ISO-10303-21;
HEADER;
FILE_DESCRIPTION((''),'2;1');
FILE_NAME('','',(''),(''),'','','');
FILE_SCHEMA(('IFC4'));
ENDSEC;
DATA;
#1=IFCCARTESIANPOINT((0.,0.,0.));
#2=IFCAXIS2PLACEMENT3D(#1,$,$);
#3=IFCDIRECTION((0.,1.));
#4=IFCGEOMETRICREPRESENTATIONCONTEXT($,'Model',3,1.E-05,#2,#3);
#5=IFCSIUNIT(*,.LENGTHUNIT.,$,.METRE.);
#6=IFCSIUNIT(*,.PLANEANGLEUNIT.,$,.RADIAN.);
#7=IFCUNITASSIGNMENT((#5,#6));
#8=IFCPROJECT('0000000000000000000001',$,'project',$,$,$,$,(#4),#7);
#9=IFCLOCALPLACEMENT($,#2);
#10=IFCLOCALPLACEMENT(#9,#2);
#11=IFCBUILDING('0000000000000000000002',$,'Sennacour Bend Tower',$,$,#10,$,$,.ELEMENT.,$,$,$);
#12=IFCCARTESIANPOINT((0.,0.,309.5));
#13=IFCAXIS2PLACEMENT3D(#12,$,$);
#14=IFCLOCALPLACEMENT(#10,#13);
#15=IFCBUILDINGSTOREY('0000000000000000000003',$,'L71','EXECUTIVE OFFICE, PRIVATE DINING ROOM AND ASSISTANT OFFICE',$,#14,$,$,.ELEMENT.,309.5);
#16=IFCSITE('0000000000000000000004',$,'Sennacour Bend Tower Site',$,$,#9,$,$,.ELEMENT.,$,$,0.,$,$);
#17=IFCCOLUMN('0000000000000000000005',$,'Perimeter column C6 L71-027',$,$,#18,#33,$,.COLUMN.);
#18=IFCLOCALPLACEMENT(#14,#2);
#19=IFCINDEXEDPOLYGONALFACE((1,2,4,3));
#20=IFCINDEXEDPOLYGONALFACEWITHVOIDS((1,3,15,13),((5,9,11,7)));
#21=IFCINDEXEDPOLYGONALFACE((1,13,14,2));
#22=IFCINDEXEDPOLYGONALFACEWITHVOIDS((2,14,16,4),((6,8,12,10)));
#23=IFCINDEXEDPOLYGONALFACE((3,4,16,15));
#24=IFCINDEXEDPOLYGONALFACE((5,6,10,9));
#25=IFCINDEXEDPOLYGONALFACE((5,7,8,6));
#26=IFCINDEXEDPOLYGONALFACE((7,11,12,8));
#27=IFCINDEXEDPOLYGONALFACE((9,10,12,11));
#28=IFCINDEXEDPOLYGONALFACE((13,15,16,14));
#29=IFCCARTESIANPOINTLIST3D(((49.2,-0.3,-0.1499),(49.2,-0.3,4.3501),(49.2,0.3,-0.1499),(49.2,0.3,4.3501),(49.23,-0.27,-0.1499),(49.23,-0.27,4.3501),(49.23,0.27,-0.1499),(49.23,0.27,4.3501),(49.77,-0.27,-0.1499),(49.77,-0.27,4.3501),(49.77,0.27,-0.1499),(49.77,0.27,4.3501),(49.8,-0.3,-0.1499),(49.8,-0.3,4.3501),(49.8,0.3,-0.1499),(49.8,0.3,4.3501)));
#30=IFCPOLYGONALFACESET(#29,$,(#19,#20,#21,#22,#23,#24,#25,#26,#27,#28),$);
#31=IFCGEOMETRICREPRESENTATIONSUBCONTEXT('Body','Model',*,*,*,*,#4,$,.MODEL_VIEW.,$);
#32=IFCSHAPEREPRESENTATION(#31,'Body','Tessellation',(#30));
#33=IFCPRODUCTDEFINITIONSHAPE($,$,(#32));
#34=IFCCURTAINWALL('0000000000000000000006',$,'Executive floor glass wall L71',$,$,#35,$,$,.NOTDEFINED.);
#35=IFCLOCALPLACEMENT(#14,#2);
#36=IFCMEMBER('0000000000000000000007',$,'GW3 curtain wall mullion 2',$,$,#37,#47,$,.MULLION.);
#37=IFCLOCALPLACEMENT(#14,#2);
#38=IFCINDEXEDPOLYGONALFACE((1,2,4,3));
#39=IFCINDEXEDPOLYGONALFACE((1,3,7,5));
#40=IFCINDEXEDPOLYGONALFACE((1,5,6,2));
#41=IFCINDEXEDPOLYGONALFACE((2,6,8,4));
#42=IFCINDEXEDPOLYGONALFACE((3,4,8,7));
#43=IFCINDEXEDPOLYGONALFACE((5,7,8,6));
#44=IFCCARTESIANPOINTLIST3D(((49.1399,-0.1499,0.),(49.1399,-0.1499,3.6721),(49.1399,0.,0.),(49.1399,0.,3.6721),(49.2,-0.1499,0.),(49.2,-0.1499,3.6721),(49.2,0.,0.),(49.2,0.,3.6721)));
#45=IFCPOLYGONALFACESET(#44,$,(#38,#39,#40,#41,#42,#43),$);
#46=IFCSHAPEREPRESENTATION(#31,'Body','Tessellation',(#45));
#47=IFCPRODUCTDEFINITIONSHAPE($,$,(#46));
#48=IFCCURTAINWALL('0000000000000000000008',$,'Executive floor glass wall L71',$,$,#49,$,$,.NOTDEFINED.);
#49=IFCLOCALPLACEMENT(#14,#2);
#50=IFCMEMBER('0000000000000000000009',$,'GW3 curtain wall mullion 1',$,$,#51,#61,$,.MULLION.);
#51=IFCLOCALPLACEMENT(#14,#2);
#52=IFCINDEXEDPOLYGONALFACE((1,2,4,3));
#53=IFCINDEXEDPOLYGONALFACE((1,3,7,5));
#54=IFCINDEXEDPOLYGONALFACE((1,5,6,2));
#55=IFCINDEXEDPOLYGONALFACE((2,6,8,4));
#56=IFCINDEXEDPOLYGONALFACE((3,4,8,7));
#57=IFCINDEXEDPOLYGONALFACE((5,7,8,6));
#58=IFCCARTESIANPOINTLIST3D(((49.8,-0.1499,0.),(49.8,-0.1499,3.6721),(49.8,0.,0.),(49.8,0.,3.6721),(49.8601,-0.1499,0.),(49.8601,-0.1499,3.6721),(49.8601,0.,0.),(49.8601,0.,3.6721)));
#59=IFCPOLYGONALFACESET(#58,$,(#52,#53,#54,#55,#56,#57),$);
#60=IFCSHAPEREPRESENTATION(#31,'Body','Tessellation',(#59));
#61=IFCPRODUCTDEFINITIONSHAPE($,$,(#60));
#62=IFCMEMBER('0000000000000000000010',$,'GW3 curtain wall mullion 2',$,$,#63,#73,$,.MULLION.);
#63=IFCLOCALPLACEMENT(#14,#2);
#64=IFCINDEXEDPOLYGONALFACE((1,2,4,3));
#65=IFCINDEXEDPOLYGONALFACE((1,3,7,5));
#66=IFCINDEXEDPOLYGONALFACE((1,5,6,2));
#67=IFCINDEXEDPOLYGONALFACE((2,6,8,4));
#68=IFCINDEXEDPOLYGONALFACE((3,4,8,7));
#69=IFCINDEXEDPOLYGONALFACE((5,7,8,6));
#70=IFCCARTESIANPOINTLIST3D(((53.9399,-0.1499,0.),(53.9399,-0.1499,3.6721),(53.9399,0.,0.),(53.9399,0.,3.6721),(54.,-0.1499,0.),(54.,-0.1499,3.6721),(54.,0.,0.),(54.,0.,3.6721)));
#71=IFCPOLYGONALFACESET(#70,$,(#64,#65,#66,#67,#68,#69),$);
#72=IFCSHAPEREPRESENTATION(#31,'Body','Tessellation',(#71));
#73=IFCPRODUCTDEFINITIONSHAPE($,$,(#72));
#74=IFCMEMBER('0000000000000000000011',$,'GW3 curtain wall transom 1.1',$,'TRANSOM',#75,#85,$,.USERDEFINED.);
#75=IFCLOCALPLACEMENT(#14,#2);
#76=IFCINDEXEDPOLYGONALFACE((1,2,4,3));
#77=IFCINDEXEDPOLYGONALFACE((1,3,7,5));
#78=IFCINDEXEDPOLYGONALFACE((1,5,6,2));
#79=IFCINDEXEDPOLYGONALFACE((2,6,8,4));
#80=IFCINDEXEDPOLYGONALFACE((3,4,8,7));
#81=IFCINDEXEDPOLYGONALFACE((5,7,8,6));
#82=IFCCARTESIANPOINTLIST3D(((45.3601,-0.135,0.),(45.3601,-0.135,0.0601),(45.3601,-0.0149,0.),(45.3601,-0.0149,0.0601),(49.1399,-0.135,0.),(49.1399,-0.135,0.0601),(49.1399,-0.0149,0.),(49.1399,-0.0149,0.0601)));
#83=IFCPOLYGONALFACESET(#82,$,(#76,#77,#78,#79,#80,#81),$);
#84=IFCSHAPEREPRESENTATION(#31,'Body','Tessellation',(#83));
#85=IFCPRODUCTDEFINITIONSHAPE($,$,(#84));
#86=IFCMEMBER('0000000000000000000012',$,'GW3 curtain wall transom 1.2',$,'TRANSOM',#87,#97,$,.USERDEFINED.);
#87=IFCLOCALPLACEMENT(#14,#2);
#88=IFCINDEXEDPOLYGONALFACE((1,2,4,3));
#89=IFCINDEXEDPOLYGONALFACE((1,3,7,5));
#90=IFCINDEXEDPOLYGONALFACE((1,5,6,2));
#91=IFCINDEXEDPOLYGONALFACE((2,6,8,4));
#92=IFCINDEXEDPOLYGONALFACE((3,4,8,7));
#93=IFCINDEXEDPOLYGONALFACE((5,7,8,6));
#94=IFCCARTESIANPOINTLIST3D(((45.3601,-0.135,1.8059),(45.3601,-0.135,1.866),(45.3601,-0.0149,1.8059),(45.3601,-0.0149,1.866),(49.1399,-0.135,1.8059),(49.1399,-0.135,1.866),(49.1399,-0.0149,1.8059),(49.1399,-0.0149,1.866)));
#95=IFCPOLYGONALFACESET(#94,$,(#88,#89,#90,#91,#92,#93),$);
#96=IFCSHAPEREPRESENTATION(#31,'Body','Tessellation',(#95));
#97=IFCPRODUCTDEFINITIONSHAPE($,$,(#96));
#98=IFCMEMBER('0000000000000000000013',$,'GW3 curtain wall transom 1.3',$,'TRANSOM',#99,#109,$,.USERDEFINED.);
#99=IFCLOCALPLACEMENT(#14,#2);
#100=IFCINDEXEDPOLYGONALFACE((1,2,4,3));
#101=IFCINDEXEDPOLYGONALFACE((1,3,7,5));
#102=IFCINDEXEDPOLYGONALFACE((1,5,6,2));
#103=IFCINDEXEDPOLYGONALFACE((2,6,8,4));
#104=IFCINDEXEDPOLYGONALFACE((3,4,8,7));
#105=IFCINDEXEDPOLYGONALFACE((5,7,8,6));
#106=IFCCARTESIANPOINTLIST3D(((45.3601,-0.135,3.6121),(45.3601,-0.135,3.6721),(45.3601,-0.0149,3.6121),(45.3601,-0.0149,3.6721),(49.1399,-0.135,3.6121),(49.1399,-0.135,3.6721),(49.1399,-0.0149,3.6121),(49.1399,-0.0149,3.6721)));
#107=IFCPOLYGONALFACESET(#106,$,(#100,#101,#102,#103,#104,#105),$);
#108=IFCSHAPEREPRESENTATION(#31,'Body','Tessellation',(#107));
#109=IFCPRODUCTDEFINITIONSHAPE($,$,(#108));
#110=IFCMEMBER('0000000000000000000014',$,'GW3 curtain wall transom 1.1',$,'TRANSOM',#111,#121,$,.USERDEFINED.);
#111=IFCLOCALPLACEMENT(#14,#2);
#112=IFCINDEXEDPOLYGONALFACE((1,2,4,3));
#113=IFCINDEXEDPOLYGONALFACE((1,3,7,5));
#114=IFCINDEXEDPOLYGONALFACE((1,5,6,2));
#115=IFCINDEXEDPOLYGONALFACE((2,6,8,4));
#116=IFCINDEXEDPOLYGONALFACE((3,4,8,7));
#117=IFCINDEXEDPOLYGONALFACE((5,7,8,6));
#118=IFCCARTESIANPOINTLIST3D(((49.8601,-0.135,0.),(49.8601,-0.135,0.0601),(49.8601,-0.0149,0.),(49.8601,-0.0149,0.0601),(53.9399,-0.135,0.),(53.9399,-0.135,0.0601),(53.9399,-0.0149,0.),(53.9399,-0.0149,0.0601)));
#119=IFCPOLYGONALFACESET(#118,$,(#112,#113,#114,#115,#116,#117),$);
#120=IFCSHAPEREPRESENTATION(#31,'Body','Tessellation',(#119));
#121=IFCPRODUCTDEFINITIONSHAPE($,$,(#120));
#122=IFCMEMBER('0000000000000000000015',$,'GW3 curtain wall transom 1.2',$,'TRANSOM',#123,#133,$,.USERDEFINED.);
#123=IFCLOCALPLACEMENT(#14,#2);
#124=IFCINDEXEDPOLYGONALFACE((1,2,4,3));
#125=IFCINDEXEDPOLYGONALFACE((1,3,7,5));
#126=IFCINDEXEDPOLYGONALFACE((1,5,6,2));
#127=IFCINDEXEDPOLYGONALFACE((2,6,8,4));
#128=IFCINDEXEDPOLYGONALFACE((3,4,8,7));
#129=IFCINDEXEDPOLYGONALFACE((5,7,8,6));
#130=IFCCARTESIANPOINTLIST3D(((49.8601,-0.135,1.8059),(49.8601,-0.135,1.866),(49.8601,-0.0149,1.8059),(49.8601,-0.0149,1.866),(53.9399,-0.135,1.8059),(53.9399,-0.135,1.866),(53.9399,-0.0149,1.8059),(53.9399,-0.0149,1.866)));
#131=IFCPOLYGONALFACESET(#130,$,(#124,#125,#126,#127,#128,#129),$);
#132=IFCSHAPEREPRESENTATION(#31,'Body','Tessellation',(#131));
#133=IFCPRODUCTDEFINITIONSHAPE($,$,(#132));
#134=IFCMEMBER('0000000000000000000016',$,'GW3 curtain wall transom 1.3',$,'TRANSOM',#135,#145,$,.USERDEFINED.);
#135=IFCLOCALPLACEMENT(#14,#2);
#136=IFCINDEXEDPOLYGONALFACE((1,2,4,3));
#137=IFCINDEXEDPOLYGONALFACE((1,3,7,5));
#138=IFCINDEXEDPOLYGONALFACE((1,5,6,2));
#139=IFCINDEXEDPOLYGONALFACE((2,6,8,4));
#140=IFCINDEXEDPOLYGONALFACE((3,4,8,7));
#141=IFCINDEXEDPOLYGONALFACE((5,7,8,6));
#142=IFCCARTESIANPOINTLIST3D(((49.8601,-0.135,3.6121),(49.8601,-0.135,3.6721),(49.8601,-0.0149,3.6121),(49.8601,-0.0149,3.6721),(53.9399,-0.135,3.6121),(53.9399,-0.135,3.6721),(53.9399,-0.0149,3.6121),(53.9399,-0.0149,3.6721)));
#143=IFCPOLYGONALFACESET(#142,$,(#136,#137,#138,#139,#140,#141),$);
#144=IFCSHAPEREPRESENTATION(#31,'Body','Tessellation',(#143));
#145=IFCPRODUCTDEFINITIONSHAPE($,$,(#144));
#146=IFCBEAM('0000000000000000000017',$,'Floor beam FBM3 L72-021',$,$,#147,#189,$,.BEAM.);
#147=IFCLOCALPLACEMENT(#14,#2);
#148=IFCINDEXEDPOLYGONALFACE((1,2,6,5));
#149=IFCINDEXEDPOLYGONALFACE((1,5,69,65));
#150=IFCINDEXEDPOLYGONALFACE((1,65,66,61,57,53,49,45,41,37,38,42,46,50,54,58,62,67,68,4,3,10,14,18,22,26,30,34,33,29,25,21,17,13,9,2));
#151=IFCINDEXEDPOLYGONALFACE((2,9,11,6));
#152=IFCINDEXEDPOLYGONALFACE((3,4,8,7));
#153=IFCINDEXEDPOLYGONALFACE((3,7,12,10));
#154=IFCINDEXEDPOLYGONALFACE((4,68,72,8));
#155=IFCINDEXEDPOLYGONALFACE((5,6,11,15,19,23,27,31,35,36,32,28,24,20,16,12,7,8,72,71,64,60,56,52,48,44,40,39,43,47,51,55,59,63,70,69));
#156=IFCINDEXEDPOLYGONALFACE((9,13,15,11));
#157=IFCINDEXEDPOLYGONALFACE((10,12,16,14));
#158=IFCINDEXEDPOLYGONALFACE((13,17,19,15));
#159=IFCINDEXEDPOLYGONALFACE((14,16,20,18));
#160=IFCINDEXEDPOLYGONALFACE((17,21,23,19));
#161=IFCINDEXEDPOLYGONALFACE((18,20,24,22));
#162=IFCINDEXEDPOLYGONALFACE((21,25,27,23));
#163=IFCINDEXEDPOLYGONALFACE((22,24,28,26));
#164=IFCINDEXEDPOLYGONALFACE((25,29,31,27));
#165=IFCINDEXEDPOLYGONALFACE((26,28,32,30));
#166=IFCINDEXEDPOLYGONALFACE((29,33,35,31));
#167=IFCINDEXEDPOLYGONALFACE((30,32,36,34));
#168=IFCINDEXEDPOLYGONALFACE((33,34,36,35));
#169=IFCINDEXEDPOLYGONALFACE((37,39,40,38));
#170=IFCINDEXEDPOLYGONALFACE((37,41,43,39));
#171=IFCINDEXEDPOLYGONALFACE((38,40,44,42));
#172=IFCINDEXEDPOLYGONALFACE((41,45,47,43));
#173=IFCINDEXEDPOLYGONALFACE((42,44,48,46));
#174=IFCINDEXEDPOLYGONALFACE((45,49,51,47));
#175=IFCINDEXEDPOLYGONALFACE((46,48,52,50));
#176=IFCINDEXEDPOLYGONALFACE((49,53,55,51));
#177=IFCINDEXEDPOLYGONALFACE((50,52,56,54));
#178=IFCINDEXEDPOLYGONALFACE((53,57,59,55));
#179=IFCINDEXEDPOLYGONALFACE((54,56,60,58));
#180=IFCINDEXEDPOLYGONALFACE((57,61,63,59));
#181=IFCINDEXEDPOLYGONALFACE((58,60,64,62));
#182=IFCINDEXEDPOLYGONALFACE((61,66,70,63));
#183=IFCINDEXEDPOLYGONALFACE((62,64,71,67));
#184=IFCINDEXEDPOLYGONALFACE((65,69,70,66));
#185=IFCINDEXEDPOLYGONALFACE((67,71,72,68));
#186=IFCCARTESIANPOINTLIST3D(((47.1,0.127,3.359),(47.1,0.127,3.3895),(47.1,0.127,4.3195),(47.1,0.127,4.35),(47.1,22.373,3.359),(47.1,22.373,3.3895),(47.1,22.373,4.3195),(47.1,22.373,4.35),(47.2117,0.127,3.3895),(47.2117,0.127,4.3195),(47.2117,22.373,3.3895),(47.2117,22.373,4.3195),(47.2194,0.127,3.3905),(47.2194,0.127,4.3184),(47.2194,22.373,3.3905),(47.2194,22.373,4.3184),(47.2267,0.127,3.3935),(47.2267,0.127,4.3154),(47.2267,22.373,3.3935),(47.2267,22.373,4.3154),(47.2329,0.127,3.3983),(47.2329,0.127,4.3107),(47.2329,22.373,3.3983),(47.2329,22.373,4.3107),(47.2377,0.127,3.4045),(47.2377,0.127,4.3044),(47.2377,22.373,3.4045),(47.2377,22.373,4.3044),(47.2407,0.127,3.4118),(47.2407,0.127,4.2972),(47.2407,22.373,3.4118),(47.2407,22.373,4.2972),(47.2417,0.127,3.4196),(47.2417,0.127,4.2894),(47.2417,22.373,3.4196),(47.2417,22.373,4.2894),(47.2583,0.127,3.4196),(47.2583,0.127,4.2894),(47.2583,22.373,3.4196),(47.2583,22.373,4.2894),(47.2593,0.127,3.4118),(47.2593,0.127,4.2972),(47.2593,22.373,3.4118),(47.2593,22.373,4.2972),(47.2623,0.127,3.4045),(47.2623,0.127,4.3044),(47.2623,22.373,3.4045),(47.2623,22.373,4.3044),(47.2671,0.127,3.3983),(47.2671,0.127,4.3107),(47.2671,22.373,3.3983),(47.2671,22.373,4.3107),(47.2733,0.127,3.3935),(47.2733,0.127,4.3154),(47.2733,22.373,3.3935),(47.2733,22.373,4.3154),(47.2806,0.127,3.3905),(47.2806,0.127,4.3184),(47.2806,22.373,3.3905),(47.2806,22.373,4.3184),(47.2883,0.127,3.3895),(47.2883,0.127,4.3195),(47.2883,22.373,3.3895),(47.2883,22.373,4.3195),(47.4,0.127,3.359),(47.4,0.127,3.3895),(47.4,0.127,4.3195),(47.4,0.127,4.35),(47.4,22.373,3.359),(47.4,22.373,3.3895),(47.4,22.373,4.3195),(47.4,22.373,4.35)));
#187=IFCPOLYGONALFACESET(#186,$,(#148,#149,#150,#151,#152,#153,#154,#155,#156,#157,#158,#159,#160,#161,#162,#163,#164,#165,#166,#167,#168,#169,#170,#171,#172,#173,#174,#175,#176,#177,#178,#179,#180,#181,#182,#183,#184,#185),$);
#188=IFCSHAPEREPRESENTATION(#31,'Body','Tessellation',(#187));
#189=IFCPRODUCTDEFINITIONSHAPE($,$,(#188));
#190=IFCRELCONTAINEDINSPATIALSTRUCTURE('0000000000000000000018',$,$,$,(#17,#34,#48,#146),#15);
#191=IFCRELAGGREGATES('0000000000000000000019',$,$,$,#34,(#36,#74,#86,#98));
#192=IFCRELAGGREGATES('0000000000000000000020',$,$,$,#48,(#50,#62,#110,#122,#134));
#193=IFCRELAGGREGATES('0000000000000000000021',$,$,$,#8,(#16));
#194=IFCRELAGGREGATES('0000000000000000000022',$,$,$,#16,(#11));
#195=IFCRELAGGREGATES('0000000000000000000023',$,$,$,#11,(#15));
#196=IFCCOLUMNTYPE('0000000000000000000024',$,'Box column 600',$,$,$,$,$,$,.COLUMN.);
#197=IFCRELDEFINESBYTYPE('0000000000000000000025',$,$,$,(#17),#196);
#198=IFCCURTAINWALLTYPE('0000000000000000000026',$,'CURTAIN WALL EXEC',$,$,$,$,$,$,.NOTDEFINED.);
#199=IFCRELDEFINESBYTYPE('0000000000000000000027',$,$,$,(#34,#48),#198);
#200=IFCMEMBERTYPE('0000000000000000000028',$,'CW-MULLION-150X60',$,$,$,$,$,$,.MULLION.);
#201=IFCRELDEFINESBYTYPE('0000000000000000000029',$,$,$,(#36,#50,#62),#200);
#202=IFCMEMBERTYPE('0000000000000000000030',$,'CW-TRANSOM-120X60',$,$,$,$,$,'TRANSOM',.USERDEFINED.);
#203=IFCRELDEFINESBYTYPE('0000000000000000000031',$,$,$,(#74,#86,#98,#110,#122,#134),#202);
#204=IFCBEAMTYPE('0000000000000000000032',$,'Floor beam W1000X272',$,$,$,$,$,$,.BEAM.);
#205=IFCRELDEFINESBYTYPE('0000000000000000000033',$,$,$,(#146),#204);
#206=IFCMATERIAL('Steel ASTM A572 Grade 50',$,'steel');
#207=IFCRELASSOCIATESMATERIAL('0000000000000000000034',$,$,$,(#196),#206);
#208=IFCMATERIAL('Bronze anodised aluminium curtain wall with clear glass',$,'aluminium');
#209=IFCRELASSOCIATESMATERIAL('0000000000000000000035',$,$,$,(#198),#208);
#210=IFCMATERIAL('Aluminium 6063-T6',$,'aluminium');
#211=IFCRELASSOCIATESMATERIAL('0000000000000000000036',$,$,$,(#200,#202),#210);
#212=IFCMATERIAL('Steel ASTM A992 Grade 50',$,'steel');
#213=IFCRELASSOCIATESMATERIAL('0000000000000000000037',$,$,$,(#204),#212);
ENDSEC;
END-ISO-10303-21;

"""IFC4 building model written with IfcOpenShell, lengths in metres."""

from ifc_helpers import new_model, si_unit, direction, frame, origin, origin_2d, place, context, subcontext, project, spatial, rectangle, hollow_rectangle, i_section, extrude, material, material_profile, profile_set, type_object, element, aggregate, save


model = new_model("IFC4")

# Units and contexts
model_context = context("Model", 3, precision=1e-05, world=origin(), true_north=direction((0.0, 1.0)))
body_context = subcontext(model_context, "Body", "Model", "MODEL_VIEW")
ifc_project = project(units=[si_unit("LENGTHUNIT", "METRE"), si_unit("PLANEANGLEUNIT", "RADIAN")], contexts=[model_context])

# Site, building, storey
site_placement = place(None, origin())
site = spatial("IfcSite", under=ifc_project, at=site_placement, Name="Sennacour Bend Tower Site", CompositionType="ELEMENT", RefElevation=0.0)
building_placement = place(site_placement, origin())
building = spatial("IfcBuilding", under=site, at=building_placement, Name="Sennacour Bend Tower", CompositionType="ELEMENT")
storey_placement = place(building_placement, frame((0.0, 0.0, 309.5)))
storey = spatial("IfcBuildingStorey", under=building, at=storey_placement, Name="L71", Description="EXECUTIVE OFFICE, PRIVATE DINING ROOM AND ASSISTANT OFFICE", CompositionType="ELEMENT", Elevation=309.5)

# Column
ifc_material_1 = material(Name="Steel ASTM A572 Grade 50", Category="steel")
ifc_material_profile_1 = material_profile(ifc_material_1, hollow_rectangle(XDim=0.6001, YDim=0.6001, WallThickness=0.03, at=origin_2d()), Name="Steel ASTM A572 Grade 50", Category="steel")
ifc_profile_set_1 = profile_set([ifc_material_profile_1], Name="Steel ASTM A572 Grade 50")
column_type = type_object("IfcColumnType", Name="Box column 600", PredefinedType="COLUMN", material=ifc_profile_set_1)
column_placement = place(storey_placement, frame((49.5, 0.0, -0.1499), z_axis=(0.0, 0.0, 1.0), x_axis=(1.0, 0.0, 0.0)))
element("IfcColumn", 1, at=column_placement, inside=storey, type_object=column_type, Name="Perimeter column C6 L71-027", PredefinedType="COLUMN", context=body_context, shape_type="SweptSolid", body=[
    extrude(hollow_rectangle(XDim=0.6001, YDim=0.6001, WallThickness=0.03, at=origin_2d()), origin(), (0.0, 0.0, 1.0), 4.5),
])

# Curtain wall, member
ifc_material_2 = material(Name="Bronze anodised aluminium curtain wall with clear glass", Category="aluminium")
curtain_wall_type = type_object("IfcCurtainWallType", Name="CURTAIN WALL EXEC", PredefinedType="NOTDEFINED", material=ifc_material_2)
curtain_wall_1_placement = place(storey_placement, origin())
curtain_wall_1 = element("IfcCurtainWall", 2, at=curtain_wall_1_placement, inside=storey, type_object=curtain_wall_type, Name="Executive floor glass wall L71", PredefinedType="NOTDEFINED")
ifc_material_3 = material(Name="Aluminium 6063-T6", Category="aluminium")
ifc_material_profile_2 = material_profile(ifc_material_3, rectangle(XDim=0.1499, YDim=0.0601, at=origin_2d()), Name="Aluminium 6063-T6", Category="aluminium")
ifc_profile_set_2 = profile_set([ifc_material_profile_2], Name="Aluminium 6063-T6")
member_type_1 = type_object("IfcMemberType", Name="CW-MULLION-150X60", PredefinedType="MULLION", material=ifc_profile_set_2)
member_1_placement = place(storey_placement, frame((49.1699, -0.075, 0.0), z_axis=(0.0, 0.0, 1.0), x_axis=(0.0, 1.0, 0.0)))
member_1 = element("IfcMember", 3, at=member_1_placement, type_object=member_type_1, Name="GW3 curtain wall mullion 2", PredefinedType="MULLION", context=body_context, shape_type="SweptSolid", body=[
    extrude(rectangle(XDim=0.1499, YDim=0.0601, at=origin_2d()), origin(), (0.0, 0.0, 1.0), 3.6721),
])

# Curtain wall, members
curtain_wall_2_placement = place(storey_placement, origin())
curtain_wall_2 = element("IfcCurtainWall", 4, at=curtain_wall_2_placement, inside=storey, type_object=curtain_wall_type, Name="Executive floor glass wall L71", PredefinedType="NOTDEFINED")
member_2_placement = place(storey_placement, frame((49.8301, -0.075, 0.0), z_axis=(0.0, 0.0, 1.0), x_axis=(0.0, 1.0, 0.0)))
member_2 = element("IfcMember", 5, at=member_2_placement, type_object=member_type_1, Name="GW3 curtain wall mullion 1", PredefinedType="MULLION", context=body_context, shape_type="SweptSolid", body=[
    extrude(rectangle(XDim=0.1499, YDim=0.0601, at=origin_2d()), origin(), (0.0, 0.0, 1.0), 3.6721),
])
member_3_placement = place(storey_placement, frame((53.97, -0.075, 0.0), z_axis=(0.0, 0.0, 1.0), x_axis=(0.0, 1.0, 0.0)))
member_3 = element("IfcMember", 6, at=member_3_placement, type_object=member_type_1, Name="GW3 curtain wall mullion 2", PredefinedType="MULLION", context=body_context, shape_type="SweptSolid", body=[
    extrude(rectangle(XDim=0.1499, YDim=0.0601, at=origin_2d()), origin(), (0.0, 0.0, 1.0), 3.6721),
])

# Members
ifc_material_profile_3 = material_profile(ifc_material_3, rectangle(XDim=0.1201, YDim=0.0601, at=origin_2d()), Name="Aluminium 6063-T6", Category="aluminium")
ifc_profile_set_3 = profile_set([ifc_material_profile_3], Name="Aluminium 6063-T6")
member_type_2 = type_object("IfcMemberType", Name="CW-TRANSOM-120X60", ElementType="TRANSOM", PredefinedType="USERDEFINED", material=ifc_profile_set_3)
member_4_placement = place(storey_placement, frame((45.3601, -0.075, 0.03), z_axis=(1.0, 0.0, 0.0), x_axis=(0.0, 1.0, 0.0)))
member_4 = element("IfcMember", 7, at=member_4_placement, type_object=member_type_2, Name="GW3 curtain wall transom 1.1", ObjectType="TRANSOM", PredefinedType="USERDEFINED", context=body_context, shape_type="SweptSolid", body=[
    extrude(rectangle(XDim=0.1201, YDim=0.0601, at=origin_2d()), origin(), (0.0, 0.0, 1.0), 3.7798),
])
member_5_placement = place(storey_placement, frame((45.3601, -0.075, 1.8359), z_axis=(1.0, 0.0, 0.0), x_axis=(0.0, 1.0, 0.0)))
member_5 = element("IfcMember", 8, at=member_5_placement, type_object=member_type_2, Name="GW3 curtain wall transom 1.2", ObjectType="TRANSOM", PredefinedType="USERDEFINED", context=body_context, shape_type="SweptSolid", body=[
    extrude(rectangle(XDim=0.1201, YDim=0.0601, at=origin_2d()), origin(), (0.0, 0.0, 1.0), 3.7798),
])
member_6_placement = place(storey_placement, frame((45.3601, -0.075, 3.6421), z_axis=(1.0, 0.0, 0.0), x_axis=(0.0, 1.0, 0.0)))
member_6 = element("IfcMember", 9, at=member_6_placement, type_object=member_type_2, Name="GW3 curtain wall transom 1.3", ObjectType="TRANSOM", PredefinedType="USERDEFINED", context=body_context, shape_type="SweptSolid", body=[
    extrude(rectangle(XDim=0.1201, YDim=0.0601, at=origin_2d()), origin(), (0.0, 0.0, 1.0), 3.7798),
])
member_7_placement = place(storey_placement, frame((49.8601, -0.075, 0.03), z_axis=(1.0, 0.0, 0.0), x_axis=(0.0, 1.0, 0.0)))
member_7 = element("IfcMember", 10, at=member_7_placement, type_object=member_type_2, Name="GW3 curtain wall transom 1.1", ObjectType="TRANSOM", PredefinedType="USERDEFINED", context=body_context, shape_type="SweptSolid", body=[
    extrude(rectangle(XDim=0.1201, YDim=0.0601, at=origin_2d()), origin(), (0.0, 0.0, 1.0), 4.0798),
])
member_8_placement = place(storey_placement, frame((49.8601, -0.075, 1.8359), z_axis=(1.0, 0.0, 0.0), x_axis=(0.0, 1.0, 0.0)))
member_8 = element("IfcMember", 11, at=member_8_placement, type_object=member_type_2, Name="GW3 curtain wall transom 1.2", ObjectType="TRANSOM", PredefinedType="USERDEFINED", context=body_context, shape_type="SweptSolid", body=[
    extrude(rectangle(XDim=0.1201, YDim=0.0601, at=origin_2d()), origin(), (0.0, 0.0, 1.0), 4.0798),
])
member_9_placement = place(storey_placement, frame((49.8601, -0.075, 3.6421), z_axis=(1.0, 0.0, 0.0), x_axis=(0.0, 1.0, 0.0)))
member_9 = element("IfcMember", 12, at=member_9_placement, type_object=member_type_2, Name="GW3 curtain wall transom 1.3", ObjectType="TRANSOM", PredefinedType="USERDEFINED", context=body_context, shape_type="SweptSolid", body=[
    extrude(rectangle(XDim=0.1201, YDim=0.0601, at=origin_2d()), origin(), (0.0, 0.0, 1.0), 4.0798),
])

# Beam
ifc_material_4 = material(Name="Steel ASTM A992 Grade 50", Category="steel")
ifc_material_profile_4 = material_profile(ifc_material_4, i_section(OverallWidth=0.3, OverallDepth=0.991, WebThickness=0.0166, FlangeThickness=0.0305, FilletRadius=0.03, at=origin_2d()), Name="Steel ASTM A992 Grade 50", Category="steel")
ifc_profile_set_4 = profile_set([ifc_material_profile_4], Name="Steel ASTM A992 Grade 50")
beam_type_1 = type_object("IfcBeamType", Name="Floor beam W1000X272", PredefinedType="BEAM", material=ifc_profile_set_4)
beam_1_placement = place(storey_placement, frame((47.25, 0.127, 3.8545), z_axis=(0.0, 1.0, 0.0), x_axis=(-1.0, 0.0, 0.0)))
element("IfcBeam", 13, at=beam_1_placement, inside=storey, type_object=beam_type_1, Name="Floor beam FBM3 L72-021", PredefinedType="BEAM", context=body_context, shape_type="SweptSolid", body=[
    extrude(i_section(OverallWidth=0.3, OverallDepth=0.991, WebThickness=0.0166, FlangeThickness=0.0305, FilletRadius=0.03, at=origin_2d()), origin(), (0.0, 0.0, 1.0), 22.2461),
])

aggregate(curtain_wall_1, [member_1, member_4, member_5, member_6])
aggregate(curtain_wall_2, [member_2, member_3, member_7, member_8, member_9])

save(model, "model.ifc")
